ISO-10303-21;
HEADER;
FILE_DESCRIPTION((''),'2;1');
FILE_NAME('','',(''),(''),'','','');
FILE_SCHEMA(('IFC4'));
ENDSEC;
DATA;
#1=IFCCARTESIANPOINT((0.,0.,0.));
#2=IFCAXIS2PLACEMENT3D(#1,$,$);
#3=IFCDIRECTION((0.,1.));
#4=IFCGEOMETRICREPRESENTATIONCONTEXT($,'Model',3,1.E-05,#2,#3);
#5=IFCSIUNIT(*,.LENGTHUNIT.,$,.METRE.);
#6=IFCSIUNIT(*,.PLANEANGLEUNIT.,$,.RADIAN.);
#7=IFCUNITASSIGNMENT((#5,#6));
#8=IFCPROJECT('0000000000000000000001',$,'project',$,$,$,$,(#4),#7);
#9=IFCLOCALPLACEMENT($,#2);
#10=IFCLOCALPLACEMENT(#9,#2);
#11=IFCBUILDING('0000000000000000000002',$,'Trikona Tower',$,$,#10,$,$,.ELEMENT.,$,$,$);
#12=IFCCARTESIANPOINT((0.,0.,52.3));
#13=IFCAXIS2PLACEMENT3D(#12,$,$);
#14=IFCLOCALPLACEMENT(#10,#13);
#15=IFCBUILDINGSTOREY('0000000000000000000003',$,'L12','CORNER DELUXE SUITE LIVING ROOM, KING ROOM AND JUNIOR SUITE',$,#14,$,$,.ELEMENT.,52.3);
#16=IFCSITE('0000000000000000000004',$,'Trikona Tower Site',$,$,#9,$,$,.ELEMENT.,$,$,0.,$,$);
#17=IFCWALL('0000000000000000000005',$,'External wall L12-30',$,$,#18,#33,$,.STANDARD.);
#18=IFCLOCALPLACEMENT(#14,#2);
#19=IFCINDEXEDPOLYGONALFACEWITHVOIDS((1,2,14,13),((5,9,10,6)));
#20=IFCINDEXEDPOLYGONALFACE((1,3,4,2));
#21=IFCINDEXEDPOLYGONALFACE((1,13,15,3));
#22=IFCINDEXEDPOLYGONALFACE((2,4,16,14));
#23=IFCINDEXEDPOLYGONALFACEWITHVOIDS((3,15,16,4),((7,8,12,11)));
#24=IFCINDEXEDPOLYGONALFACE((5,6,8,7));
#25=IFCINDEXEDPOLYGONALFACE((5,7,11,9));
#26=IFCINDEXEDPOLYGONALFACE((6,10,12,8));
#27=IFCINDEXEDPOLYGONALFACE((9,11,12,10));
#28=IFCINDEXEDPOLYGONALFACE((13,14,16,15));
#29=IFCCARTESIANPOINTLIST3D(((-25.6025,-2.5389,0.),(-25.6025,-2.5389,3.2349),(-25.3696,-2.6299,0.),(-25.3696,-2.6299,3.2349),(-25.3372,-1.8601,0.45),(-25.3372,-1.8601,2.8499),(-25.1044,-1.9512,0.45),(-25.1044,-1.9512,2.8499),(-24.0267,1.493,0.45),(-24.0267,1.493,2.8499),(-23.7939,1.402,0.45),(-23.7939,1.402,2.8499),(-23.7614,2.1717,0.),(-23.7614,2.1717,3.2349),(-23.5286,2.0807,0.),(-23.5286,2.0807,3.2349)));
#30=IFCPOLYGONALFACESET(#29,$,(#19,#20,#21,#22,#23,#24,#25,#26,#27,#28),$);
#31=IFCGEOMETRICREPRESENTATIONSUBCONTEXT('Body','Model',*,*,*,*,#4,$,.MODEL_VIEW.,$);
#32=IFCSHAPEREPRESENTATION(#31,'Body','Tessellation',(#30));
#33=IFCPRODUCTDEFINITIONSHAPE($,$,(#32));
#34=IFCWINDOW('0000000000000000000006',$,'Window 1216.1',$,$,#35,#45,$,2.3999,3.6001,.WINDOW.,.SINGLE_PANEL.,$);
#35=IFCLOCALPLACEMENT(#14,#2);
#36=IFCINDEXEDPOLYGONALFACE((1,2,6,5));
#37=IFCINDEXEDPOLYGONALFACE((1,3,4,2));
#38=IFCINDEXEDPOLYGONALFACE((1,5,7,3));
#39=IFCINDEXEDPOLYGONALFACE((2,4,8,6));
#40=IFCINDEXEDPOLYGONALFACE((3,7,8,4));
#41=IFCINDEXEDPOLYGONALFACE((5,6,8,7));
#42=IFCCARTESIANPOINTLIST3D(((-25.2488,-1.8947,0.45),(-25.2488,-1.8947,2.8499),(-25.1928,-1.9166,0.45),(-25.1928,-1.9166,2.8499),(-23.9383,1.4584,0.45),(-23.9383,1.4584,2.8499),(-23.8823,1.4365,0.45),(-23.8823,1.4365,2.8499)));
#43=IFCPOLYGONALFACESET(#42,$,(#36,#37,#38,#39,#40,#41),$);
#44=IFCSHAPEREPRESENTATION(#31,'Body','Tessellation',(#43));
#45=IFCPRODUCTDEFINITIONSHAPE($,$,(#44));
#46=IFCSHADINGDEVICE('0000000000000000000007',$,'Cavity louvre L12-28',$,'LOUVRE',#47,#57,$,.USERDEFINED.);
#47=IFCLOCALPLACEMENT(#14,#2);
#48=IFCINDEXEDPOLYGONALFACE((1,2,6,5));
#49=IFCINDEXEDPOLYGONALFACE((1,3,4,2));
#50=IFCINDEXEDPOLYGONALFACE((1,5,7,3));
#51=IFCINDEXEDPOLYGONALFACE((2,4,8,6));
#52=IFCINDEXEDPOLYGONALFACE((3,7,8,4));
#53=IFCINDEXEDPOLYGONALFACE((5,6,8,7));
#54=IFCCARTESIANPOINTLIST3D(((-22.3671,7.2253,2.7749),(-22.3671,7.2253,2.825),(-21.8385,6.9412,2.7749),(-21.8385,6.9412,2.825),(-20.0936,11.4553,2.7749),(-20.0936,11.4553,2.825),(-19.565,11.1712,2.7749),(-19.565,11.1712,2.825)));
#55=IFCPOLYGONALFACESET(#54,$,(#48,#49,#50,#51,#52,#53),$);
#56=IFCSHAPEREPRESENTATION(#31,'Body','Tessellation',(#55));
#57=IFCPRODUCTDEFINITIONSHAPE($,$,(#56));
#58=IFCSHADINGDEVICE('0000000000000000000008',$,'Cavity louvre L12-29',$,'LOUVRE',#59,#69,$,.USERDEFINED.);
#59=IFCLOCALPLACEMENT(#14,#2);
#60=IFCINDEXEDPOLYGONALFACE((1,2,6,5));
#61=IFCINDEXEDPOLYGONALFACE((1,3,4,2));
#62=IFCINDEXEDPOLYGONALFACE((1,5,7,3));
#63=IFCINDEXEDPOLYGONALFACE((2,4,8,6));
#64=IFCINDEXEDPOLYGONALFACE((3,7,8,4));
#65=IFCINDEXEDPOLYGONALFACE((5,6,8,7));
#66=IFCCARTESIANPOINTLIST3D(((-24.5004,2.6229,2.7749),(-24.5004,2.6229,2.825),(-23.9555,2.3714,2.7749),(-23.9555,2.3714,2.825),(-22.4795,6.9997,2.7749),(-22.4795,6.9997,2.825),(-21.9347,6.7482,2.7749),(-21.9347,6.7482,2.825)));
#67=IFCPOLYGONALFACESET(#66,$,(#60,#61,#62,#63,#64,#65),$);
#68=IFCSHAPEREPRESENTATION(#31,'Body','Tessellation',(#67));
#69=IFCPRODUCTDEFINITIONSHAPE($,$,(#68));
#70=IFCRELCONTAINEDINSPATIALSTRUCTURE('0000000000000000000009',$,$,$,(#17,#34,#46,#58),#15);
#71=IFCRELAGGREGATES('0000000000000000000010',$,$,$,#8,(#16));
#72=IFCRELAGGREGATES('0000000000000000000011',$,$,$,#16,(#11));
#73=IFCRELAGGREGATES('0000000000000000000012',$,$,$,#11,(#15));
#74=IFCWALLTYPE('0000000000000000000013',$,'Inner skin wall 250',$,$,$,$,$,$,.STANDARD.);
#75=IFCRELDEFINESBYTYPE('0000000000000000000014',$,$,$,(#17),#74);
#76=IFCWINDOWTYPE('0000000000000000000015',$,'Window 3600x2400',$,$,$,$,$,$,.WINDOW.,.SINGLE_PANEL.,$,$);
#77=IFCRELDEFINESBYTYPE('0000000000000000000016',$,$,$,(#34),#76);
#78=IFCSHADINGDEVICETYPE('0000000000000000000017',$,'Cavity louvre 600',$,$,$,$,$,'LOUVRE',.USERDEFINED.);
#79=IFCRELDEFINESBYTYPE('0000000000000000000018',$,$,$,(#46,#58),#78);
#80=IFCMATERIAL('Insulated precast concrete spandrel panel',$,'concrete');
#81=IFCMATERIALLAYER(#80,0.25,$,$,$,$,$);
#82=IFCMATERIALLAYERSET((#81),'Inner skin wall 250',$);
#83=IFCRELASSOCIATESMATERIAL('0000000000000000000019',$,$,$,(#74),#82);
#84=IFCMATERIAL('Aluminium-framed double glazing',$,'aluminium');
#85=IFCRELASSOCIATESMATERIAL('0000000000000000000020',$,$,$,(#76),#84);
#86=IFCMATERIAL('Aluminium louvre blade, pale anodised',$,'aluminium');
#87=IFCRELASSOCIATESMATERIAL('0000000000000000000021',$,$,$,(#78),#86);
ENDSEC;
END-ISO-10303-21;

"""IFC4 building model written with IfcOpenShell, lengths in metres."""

from ifc_helpers import new_model, si_unit, direction, frame, frame_2d, origin, origin_2d, place, context, subcontext, project, spatial, rectangle, extrude, material, layer, layer_set, type_object, element, fill, save


model = new_model("IFC4")

# Units and contexts
model_context = context("Model", 3, precision=1e-05, world=origin(), true_north=direction((0.0, 1.0)))
body_context = subcontext(model_context, "Body", "Model", "MODEL_VIEW")
ifc_project = project(units=[si_unit("LENGTHUNIT", "METRE"), si_unit("PLANEANGLEUNIT", "RADIAN")], contexts=[model_context])

# Site, building, storey
site_placement = place(None, origin())
site = spatial("IfcSite", under=ifc_project, at=site_placement, Name="Trikona Tower Site", CompositionType="ELEMENT", RefElevation=0.0)
building_placement = place(site_placement, origin())
building = spatial("IfcBuilding", under=site, at=building_placement, Name="Trikona Tower", CompositionType="ELEMENT")
storey_placement = place(building_placement, frame((0.0, 0.0, 52.3)))
storey = spatial("IfcBuildingStorey", under=building, at=storey_placement, Name="L12", Description="CORNER DELUXE SUITE LIVING ROOM, KING ROOM AND JUNIOR SUITE", CompositionType="ELEMENT", Elevation=52.3)

# Wall, opening, window
ifc_material_1 = material(Name="Insulated precast concrete spandrel panel", Category="concrete")
ifc_layer_1 = layer(ifc_material_1, 0.25)
ifc_layer_set_1 = layer_set([ifc_layer_1], Name="Inner skin wall 250")
wall_type = type_object("IfcWallType", Name="Inner skin wall 250", PredefinedType="STANDARD", material=ifc_layer_set_1)
ifc_material_2 = material(Name="Aluminium-framed double glazing", Category="aluminium")
window_type = type_object("IfcWindowType", Name="Window 3600x2400", PartitioningType="SINGLE_PANEL", PredefinedType="WINDOW", material=ifc_material_2)
wall_1_placement = place(storey_placement, frame((-23.645, 2.1262, 0.0), z_axis=(0.0, 0.0, 1.0), x_axis=(-0.364013, -0.931394, 0.0)))
wall_1 = element("IfcWall", 1, at=wall_1_placement, inside=storey, type_object=wall_type, Name="External wall L12-30", PredefinedType="STANDARD", context=body_context, shape_type="SweptSolid", body=[
    extrude(rectangle(XDim=5.0576, YDim=0.25, at=frame_2d((2.5288, 0.0))), origin(), (0.0, 0.0, 1.0), 3.2349),
])
opening_1_placement = place(wall_1_placement, frame((0.7288, 0.0, 0.45)))
opening_1 = element("IfcOpeningElement", 2, at=opening_1_placement, cuts=wall_1, PredefinedType="OPENING", context=body_context, shape_type="SweptSolid", body=[
    extrude(rectangle(XDim=3.6001, YDim=2.3999, at=frame_2d((1.8, 1.2))), frame((0.0, 0.135, 0.0), z_axis=(0.0, -1.0, 0.0), x_axis=(1.0, 0.0, 0.0)), (0.0, 0.0, 1.0), 0.27),
])
window_1_placement = place(opening_1_placement, origin())
window_1 = element("IfcWindow", 3, at=window_1_placement, inside=storey, type_object=window_type, Name="Window 1216.1", OverallHeight=2.3999, OverallWidth=3.6001, PartitioningType="SINGLE_PANEL", PredefinedType="WINDOW", context=body_context, shape_type="SweptSolid", body=[
    extrude(rectangle(XDim=3.6001, YDim=2.3999, at=frame_2d((1.8, 1.2))), frame((0.0, 0.03, 0.0), z_axis=(0.0, -1.0, 0.0), x_axis=(1.0, 0.0, 0.0)), (0.0, 0.0, 1.0), 0.0601),
])
fill(opening_1, window_1)

# Shading devices
ifc_material_3 = material(Name="Aluminium louvre blade, pale anodised", Category="aluminium")
shading_device_type = type_object("IfcShadingDeviceType", Name="Cavity louvre 600", ElementType="LOUVRE", PredefinedType="USERDEFINED", material=ifc_material_3)
shading_device_1_placement = place(storey_placement, frame((-20.9661, 9.1982, 2.7749), z_axis=(0.0, 0.0, 1.0), x_axis=(-0.473423, -0.880835, 0.0)))
element("IfcShadingDevice", 4, at=shading_device_1_placement, inside=storey, type_object=shading_device_type, Name="Cavity louvre L12-28", ObjectType="LOUVRE", PredefinedType="USERDEFINED", context=body_context, shape_type="SweptSolid", body=[
    extrude(rectangle(XDim=4.8022, YDim=0.6001, at=origin_2d()), origin(), (0.0, 0.0, 1.0), 0.05),
])
shading_device_2_placement = place(storey_placement, frame((-23.2175, 4.6855, 2.7749), z_axis=(0.0, 0.0, 1.0), x_axis=(-0.419194, -0.907897, 0.0)))
element("IfcShadingDevice", 5, at=shading_device_2_placement, inside=storey, type_object=shading_device_type, Name="Cavity louvre L12-29", ObjectType="LOUVRE", PredefinedType="USERDEFINED", context=body_context, shape_type="SweptSolid", body=[
    extrude(rectangle(XDim=4.8208, YDim=0.6001, at=origin_2d()), origin(), (0.0, 0.0, 1.0), 0.05),
])

save(model, "model.ifc")
